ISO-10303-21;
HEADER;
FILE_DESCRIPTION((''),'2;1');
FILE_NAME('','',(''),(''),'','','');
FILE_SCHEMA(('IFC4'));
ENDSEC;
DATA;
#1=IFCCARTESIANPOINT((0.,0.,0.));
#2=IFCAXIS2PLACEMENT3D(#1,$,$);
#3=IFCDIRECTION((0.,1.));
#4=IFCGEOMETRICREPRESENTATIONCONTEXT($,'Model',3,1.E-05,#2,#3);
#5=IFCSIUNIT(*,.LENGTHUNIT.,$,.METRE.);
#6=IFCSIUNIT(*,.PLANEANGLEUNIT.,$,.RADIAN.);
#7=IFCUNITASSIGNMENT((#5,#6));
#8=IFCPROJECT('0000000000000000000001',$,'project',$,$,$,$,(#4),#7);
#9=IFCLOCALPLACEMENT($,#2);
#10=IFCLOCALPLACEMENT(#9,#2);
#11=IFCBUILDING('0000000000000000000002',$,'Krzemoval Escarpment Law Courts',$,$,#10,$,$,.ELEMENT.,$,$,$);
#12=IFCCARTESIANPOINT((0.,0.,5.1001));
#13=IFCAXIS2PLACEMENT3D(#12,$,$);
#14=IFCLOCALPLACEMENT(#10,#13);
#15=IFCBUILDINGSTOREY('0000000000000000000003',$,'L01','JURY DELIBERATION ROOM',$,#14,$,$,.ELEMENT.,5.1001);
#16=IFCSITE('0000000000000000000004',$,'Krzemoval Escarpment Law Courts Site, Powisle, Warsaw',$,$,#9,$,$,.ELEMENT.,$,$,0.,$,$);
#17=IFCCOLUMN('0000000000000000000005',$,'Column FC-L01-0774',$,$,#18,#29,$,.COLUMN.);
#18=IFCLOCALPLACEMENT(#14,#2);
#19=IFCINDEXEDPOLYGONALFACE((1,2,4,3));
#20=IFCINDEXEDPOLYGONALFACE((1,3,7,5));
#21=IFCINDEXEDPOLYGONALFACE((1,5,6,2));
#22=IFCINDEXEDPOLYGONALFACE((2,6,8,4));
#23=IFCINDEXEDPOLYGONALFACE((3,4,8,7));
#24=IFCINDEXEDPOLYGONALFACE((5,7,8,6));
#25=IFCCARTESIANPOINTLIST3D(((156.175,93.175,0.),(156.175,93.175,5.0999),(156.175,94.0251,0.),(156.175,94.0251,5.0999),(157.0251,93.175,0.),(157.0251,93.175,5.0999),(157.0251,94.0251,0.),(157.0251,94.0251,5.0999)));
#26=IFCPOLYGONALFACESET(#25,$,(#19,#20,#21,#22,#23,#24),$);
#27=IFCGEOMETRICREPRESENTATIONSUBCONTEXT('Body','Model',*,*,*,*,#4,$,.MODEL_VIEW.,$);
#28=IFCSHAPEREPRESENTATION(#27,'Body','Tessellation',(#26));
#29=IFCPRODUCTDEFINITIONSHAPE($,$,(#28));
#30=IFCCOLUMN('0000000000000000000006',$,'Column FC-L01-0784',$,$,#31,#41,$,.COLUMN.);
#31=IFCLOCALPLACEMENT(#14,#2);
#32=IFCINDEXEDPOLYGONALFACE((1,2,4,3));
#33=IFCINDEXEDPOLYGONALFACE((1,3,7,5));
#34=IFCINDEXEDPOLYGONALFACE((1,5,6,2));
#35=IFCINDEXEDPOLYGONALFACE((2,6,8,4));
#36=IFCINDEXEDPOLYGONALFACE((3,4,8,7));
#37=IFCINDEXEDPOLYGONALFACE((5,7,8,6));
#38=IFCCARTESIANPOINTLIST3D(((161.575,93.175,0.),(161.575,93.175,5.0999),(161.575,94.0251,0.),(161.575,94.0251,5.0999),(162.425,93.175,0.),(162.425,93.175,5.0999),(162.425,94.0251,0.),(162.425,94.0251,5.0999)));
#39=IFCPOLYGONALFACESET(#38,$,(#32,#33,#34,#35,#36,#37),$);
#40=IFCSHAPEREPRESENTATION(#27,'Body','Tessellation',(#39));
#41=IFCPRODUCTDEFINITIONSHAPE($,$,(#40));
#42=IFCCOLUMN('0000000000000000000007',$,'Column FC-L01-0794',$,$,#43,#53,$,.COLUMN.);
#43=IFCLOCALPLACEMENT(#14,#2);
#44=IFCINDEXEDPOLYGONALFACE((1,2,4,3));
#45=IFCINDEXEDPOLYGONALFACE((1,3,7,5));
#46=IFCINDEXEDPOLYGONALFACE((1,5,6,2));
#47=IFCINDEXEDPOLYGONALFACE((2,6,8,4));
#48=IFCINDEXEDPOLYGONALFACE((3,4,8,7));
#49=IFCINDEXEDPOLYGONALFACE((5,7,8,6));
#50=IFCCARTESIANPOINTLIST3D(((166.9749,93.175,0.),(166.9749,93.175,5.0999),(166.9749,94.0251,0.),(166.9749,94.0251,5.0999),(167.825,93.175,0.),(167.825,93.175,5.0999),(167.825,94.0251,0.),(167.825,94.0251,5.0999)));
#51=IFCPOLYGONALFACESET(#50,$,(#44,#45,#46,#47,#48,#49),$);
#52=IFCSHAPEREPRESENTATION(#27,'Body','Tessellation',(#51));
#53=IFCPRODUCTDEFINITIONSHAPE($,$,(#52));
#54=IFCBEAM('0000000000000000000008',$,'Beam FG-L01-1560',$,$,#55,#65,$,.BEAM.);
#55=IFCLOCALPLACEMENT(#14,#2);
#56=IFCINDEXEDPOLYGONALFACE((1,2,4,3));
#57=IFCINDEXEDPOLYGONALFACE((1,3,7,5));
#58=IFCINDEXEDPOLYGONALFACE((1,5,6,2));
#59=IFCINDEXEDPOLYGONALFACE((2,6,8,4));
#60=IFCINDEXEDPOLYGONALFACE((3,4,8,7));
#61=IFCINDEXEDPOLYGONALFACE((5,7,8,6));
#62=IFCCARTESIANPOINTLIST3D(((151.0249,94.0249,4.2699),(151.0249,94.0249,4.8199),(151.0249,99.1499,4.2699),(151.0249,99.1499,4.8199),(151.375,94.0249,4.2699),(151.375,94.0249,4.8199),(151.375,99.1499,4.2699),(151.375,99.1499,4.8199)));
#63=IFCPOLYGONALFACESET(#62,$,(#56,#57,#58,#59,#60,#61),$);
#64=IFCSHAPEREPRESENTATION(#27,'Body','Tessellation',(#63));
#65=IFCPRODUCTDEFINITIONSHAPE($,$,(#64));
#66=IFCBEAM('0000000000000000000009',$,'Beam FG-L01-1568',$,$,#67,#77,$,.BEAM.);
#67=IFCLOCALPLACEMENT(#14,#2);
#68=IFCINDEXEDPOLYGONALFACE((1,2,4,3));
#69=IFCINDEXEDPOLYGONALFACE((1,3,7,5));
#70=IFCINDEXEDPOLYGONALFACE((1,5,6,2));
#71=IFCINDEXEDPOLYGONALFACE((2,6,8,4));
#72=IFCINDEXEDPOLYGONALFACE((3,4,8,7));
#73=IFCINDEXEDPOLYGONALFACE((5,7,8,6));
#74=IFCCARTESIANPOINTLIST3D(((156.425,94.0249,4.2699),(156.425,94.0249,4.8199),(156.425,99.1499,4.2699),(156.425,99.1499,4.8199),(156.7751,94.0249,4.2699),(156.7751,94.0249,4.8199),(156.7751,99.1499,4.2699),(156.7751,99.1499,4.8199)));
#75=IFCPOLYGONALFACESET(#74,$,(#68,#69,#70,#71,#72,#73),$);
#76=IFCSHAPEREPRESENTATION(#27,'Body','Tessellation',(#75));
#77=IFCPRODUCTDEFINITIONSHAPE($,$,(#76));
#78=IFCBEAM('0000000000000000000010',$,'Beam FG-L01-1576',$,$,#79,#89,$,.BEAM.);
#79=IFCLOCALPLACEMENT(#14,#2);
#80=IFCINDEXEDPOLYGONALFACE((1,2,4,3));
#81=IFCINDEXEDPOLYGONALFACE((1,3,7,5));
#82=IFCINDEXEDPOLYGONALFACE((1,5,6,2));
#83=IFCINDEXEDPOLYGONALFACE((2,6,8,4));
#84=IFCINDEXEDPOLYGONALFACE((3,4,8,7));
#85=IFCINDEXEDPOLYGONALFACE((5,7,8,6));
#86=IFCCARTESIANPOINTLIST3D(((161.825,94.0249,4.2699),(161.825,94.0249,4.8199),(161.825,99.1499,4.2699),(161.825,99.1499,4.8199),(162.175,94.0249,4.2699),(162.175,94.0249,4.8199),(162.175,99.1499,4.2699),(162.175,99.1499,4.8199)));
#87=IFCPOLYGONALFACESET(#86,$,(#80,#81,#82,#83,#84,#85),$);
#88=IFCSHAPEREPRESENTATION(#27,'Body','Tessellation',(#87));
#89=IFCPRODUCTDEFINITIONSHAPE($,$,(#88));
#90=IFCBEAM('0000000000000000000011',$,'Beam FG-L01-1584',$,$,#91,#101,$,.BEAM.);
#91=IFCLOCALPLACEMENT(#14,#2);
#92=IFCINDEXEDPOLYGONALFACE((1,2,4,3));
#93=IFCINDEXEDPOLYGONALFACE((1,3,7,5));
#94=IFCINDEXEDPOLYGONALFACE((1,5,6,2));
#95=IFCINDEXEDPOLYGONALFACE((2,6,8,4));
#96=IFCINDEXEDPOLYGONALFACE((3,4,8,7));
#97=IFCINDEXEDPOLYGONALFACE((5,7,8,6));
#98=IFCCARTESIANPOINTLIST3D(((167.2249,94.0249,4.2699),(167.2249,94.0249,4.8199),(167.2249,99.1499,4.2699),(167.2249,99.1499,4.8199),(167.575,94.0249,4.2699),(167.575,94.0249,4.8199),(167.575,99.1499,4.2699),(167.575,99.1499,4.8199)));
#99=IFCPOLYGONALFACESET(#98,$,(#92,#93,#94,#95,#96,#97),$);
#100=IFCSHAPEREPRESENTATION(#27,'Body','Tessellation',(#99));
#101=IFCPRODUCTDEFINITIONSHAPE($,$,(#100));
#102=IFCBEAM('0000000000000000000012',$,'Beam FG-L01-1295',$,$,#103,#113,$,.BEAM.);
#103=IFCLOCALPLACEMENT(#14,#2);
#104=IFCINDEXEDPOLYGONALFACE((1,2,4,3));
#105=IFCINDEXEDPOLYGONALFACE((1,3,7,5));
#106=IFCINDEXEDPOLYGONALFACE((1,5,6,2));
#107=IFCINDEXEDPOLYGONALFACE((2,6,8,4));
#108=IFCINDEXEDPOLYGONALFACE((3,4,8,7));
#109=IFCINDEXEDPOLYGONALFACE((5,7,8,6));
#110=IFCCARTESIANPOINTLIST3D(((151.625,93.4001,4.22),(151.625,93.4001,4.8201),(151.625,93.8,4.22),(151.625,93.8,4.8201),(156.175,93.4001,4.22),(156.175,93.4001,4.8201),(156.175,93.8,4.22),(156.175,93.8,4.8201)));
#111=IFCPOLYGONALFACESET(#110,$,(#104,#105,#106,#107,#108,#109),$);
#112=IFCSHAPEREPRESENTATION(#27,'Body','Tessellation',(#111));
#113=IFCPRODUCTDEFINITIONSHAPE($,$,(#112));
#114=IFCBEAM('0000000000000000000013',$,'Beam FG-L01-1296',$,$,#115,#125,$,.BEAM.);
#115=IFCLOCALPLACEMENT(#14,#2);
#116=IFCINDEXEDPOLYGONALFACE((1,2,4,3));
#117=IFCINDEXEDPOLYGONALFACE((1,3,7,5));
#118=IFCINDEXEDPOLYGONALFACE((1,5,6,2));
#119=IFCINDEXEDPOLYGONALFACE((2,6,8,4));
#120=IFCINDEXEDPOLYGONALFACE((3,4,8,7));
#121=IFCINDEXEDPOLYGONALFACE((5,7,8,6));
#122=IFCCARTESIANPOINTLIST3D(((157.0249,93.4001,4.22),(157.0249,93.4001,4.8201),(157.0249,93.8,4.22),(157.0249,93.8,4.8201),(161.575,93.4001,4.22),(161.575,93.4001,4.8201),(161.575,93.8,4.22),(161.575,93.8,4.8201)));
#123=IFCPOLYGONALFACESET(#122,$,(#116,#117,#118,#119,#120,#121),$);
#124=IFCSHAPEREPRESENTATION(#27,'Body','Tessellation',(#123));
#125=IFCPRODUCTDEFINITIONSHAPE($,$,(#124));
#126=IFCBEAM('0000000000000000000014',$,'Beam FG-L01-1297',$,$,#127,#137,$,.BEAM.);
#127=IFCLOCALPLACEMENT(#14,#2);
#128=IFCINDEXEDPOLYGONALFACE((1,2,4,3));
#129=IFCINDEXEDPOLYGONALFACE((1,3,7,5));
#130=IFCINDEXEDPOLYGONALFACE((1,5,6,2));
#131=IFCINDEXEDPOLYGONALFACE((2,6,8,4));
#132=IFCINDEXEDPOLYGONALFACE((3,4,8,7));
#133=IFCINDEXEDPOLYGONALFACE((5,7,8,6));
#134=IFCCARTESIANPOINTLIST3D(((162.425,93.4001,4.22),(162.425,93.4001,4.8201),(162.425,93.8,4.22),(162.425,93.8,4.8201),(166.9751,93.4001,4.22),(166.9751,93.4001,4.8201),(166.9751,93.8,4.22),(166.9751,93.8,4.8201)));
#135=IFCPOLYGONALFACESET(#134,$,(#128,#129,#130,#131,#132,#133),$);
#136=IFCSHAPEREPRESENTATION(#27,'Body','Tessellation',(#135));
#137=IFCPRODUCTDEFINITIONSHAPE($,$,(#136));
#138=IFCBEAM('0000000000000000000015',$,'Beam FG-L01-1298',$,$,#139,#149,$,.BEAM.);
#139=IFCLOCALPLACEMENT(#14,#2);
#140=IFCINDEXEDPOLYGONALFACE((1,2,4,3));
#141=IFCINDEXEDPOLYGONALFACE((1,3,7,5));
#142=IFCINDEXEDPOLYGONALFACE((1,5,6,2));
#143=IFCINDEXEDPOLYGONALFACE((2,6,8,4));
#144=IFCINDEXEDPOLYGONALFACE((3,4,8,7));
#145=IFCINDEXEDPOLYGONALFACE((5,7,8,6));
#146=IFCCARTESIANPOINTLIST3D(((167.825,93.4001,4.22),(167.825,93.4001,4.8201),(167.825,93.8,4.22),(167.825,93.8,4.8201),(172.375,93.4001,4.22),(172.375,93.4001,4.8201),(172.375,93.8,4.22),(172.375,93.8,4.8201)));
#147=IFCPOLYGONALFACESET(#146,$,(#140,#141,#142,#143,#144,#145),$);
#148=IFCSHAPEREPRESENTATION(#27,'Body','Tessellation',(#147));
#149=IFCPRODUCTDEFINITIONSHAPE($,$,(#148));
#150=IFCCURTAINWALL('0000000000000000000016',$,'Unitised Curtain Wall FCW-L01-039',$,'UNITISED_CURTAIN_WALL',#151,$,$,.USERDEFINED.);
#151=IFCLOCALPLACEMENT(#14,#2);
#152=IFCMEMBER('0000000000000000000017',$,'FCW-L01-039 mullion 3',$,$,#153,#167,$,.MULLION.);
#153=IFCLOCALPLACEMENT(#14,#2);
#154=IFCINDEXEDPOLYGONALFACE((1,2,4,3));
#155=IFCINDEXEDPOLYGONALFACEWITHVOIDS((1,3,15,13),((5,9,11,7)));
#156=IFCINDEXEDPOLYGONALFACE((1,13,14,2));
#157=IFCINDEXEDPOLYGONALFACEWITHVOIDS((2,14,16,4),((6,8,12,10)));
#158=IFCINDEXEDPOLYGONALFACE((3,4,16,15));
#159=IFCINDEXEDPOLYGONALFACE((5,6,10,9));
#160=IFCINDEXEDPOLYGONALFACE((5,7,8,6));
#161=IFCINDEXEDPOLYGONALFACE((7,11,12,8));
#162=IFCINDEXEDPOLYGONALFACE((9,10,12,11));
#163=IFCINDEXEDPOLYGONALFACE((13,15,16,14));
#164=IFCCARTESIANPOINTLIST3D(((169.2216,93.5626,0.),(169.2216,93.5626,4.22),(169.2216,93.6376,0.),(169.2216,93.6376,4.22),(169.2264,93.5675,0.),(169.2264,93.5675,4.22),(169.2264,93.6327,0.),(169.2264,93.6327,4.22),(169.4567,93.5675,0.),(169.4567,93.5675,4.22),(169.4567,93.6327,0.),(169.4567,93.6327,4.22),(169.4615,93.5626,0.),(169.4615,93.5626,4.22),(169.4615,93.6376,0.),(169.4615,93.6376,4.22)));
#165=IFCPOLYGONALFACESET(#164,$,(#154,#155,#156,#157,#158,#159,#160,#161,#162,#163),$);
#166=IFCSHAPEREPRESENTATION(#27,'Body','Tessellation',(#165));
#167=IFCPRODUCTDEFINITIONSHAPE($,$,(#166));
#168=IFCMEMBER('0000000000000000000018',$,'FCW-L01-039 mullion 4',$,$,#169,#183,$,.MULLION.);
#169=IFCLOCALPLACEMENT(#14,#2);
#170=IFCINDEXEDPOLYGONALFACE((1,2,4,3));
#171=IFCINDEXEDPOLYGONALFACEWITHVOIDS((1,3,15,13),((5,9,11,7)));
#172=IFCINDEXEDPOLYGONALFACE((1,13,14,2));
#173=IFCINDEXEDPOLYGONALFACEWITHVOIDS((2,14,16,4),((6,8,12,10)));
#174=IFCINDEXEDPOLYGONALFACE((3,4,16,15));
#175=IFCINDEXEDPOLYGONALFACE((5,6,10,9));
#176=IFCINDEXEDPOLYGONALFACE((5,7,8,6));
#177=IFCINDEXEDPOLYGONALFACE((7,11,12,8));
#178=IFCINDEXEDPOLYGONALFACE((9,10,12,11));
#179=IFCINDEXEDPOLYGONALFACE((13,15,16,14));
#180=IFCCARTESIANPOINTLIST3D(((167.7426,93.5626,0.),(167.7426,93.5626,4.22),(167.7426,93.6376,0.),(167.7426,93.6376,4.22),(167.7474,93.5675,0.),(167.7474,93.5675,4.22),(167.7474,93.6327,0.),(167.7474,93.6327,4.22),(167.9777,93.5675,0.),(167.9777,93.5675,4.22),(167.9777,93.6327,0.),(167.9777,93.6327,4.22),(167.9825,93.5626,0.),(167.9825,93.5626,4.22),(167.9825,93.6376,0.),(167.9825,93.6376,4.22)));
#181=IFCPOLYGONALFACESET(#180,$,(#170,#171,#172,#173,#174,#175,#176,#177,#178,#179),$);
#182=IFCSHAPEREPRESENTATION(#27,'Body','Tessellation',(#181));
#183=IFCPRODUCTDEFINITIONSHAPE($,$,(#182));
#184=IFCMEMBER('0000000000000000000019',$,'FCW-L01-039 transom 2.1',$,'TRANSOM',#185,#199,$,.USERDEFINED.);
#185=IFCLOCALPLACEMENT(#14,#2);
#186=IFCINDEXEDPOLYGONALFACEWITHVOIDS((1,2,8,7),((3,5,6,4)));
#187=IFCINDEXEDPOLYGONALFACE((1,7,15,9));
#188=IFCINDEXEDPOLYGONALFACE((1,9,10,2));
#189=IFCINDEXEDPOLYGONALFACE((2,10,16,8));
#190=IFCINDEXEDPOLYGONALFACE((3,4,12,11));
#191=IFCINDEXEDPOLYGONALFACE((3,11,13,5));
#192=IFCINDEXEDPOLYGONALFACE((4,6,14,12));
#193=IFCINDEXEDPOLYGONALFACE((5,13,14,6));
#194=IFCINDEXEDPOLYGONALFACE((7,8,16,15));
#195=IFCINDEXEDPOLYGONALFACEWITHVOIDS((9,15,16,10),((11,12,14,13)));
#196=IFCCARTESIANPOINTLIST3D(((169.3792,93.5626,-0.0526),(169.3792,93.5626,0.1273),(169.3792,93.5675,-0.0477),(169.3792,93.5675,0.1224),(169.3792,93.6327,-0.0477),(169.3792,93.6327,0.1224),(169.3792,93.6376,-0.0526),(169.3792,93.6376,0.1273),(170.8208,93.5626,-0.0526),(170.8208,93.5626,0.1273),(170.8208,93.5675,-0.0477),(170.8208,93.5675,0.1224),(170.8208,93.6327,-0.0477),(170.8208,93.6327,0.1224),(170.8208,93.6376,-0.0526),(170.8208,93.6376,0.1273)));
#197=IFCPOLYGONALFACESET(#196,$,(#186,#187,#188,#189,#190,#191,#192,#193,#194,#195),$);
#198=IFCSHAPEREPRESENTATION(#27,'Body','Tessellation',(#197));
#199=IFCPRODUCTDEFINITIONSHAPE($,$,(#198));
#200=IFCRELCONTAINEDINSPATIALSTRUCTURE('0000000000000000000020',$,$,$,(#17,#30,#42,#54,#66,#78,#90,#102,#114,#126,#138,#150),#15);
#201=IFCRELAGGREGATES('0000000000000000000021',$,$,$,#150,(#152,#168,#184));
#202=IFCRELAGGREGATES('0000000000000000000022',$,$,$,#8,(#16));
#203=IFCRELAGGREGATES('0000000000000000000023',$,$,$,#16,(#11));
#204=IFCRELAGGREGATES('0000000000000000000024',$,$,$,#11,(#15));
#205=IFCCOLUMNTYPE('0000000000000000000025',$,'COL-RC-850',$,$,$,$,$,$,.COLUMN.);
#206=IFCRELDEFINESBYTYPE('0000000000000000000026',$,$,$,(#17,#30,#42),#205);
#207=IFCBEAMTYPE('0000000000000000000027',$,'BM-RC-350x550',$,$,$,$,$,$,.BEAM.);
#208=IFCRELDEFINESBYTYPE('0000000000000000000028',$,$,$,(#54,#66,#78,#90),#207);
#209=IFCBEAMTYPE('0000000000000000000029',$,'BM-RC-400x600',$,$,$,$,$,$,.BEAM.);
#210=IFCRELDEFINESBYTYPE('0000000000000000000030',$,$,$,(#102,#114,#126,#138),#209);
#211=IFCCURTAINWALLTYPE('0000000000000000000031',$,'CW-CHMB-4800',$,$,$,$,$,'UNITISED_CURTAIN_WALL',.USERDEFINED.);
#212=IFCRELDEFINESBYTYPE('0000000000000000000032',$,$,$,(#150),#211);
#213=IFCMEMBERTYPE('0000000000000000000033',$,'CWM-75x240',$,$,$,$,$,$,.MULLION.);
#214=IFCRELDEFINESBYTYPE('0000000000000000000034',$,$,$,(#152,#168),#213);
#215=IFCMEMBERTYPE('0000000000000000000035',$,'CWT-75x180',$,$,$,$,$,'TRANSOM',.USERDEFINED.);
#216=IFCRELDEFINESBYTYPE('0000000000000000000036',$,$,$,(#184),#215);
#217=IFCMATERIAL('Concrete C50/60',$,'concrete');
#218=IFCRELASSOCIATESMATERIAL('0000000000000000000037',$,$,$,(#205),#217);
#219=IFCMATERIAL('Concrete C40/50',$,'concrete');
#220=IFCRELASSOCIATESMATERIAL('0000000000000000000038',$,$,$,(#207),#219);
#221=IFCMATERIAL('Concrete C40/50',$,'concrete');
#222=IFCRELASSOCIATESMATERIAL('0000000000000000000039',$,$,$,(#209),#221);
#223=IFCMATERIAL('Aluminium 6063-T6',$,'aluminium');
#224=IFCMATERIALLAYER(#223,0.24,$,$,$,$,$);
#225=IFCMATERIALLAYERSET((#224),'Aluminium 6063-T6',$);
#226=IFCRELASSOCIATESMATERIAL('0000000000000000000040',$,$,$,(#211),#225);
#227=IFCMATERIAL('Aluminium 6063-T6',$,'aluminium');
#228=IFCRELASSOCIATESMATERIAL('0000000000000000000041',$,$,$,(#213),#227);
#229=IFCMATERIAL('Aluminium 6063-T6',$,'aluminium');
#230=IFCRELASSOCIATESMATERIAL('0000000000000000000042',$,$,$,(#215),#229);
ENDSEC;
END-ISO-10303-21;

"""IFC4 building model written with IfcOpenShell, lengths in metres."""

from ifc_helpers import new_model, si_unit, direction, frame, origin, origin_2d, place, context, subcontext, project, spatial, rectangle, hollow_rectangle, extrude, material, layer, layer_set, material_profile, profile_set, type_object, element, aggregate, save


model = new_model("IFC4")

# Units and contexts
model_context = context("Model", 3, precision=1e-05, world=origin(), true_north=direction((0.0, 1.0)))
body_context = subcontext(model_context, "Body", "Model", "MODEL_VIEW")
ifc_project = project(units=[si_unit("LENGTHUNIT", "METRE"), si_unit("PLANEANGLEUNIT", "RADIAN")], contexts=[model_context])

# Site, building, storey
site_placement = place(None, origin())
site = spatial("IfcSite", under=ifc_project, at=site_placement, Name="Krzemoval Escarpment Law Courts Site, Powisle, Warsaw", CompositionType="ELEMENT", RefElevation=0.0)
building_placement = place(site_placement, origin())
building = spatial("IfcBuilding", under=site, at=building_placement, Name="Krzemoval Escarpment Law Courts", CompositionType="ELEMENT")
storey_placement = place(building_placement, frame((0.0, 0.0, 5.1001)))
storey = spatial("IfcBuildingStorey", under=building, at=storey_placement, Name="L01", Description="JURY DELIBERATION ROOM", CompositionType="ELEMENT", Elevation=5.1001)

# Columns
ifc_material_1 = material(Name="Concrete C50/60", Category="concrete")
ifc_material_profile_1 = material_profile(ifc_material_1, rectangle(XDim=0.8501, YDim=0.8501, at=origin_2d()), Name="RC 850x850")
ifc_profile_set_1 = profile_set([ifc_material_profile_1], Name="Concrete C50/60")
column_type = type_object("IfcColumnType", Name="COL-RC-850", PredefinedType="COLUMN", material=ifc_profile_set_1)
for number, where, z_axis, x_axis, name in (
    (1, (156.6001, 93.6001, 0.0), (0.0, 0.0, 1.0), (1.0, 0.0, 0.0), "Column FC-L01-0774"),
    (2, (162.0, 93.6001, 0.0), (0.0, 0.0, 1.0), (1.0, 0.0, 0.0), "Column FC-L01-0784"),
    (3, (167.3999, 93.6001, 0.0), (0.0, 0.0, 1.0), (1.0, 0.0, 0.0), "Column FC-L01-0794"),
):
    element("IfcColumn", number, at=place(storey_placement, frame(where, z_axis=z_axis, x_axis=x_axis)), inside=storey, type_object=column_type, Name=name, PredefinedType="COLUMN", context=body_context, shape_type="SweptSolid", body=[
        extrude(rectangle(XDim=0.8501, YDim=0.8501, at=origin_2d()), origin(), (0.0, 0.0, 1.0), 5.0999),
    ])

# Beams
ifc_material_2 = material(Name="Concrete C40/50", Category="concrete")
ifc_material_profile_2 = material_profile(ifc_material_2, rectangle(XDim=0.3501, YDim=0.55, at=origin_2d()), Name="RCB 350x550")
ifc_profile_set_2 = profile_set([ifc_material_profile_2], Name="Concrete C40/50")
beam_type_1 = type_object("IfcBeamType", Name="BM-RC-350x550", PredefinedType="BEAM", material=ifc_profile_set_2)
for number, where, z_axis, x_axis, name in (
    (4, (151.2, 94.0249, 4.5449), (0.0, 1.0, 0.0), (-1.0, 0.0, 0.0), "Beam FG-L01-1560"),
    (5, (156.6001, 94.0249, 4.5449), (0.0, 1.0, 0.0), (-1.0, 0.0, 0.0), "Beam FG-L01-1568"),
    (6, (162.0, 94.0249, 4.5449), (0.0, 1.0, 0.0), (-1.0, 0.0, 0.0), "Beam FG-L01-1576"),
    (7, (167.3999, 94.0249, 4.5449), (0.0, 1.0, 0.0), (-1.0, 0.0, 0.0), "Beam FG-L01-1584"),
):
    element("IfcBeam", number, at=place(storey_placement, frame(where, z_axis=z_axis, x_axis=x_axis)), inside=storey, type_object=beam_type_1, Name=name, PredefinedType="BEAM", context=body_context, shape_type="SweptSolid", body=[
        extrude(rectangle(XDim=0.3501, YDim=0.55, at=origin_2d()), origin(), (0.0, 0.0, 1.0), 5.125),
    ])
ifc_material_3 = material(Name="Concrete C40/50", Category="concrete")
ifc_material_profile_3 = material_profile(ifc_material_3, rectangle(XDim=0.3999, YDim=0.6001, at=origin_2d()), Name="RCB 400x600")
ifc_profile_set_3 = profile_set([ifc_material_profile_3], Name="Concrete C40/50")
beam_type_2 = type_object("IfcBeamType", Name="BM-RC-400x600", PredefinedType="BEAM", material=ifc_profile_set_3)
for number, where, z_axis, x_axis, name in (
    (8, (151.625, 93.6001, 4.52), (1.0, 0.0, 0.0), (0.0, 1.0, 0.0), "Beam FG-L01-1295"),
    (9, (157.0249, 93.6001, 4.52), (1.0, 0.0, 0.0), (0.0, 1.0, 0.0), "Beam FG-L01-1296"),
    (10, (162.425, 93.6001, 4.52), (1.0, 0.0, 0.0), (0.0, 1.0, 0.0), "Beam FG-L01-1297"),
    (11, (167.825, 93.6001, 4.52), (1.0, 0.0, 0.0), (0.0, 1.0, 0.0), "Beam FG-L01-1298"),
):
    element("IfcBeam", number, at=place(storey_placement, frame(where, z_axis=z_axis, x_axis=x_axis)), inside=storey, type_object=beam_type_2, Name=name, PredefinedType="BEAM", context=body_context, shape_type="SweptSolid", body=[
        extrude(rectangle(XDim=0.3999, YDim=0.6001, at=origin_2d()), origin(), (0.0, 0.0, 1.0), 4.55),
    ])

# Curtain wall, members
ifc_material_4 = material(Name="Aluminium 6063-T6", Category="aluminium")
ifc_layer_1 = layer(ifc_material_4, 0.24)
ifc_layer_set_1 = layer_set([ifc_layer_1], Name="Aluminium 6063-T6")
curtain_wall_type = type_object("IfcCurtainWallType", Name="CW-CHMB-4800", ElementType="UNITISED_CURTAIN_WALL", PredefinedType="USERDEFINED", material=ifc_layer_set_1)
curtain_wall_placement = place(storey_placement, origin())
curtain_wall = element("IfcCurtainWall", 12, at=curtain_wall_placement, inside=storey, type_object=curtain_wall_type, Name="Unitised Curtain Wall FCW-L01-039", ObjectType="UNITISED_CURTAIN_WALL", PredefinedType="USERDEFINED")
ifc_material_5 = material(Name="Aluminium 6063-T6", Category="aluminium")
ifc_material_profile_4 = material_profile(ifc_material_5, hollow_rectangle(XDim=0.075, YDim=0.24, WallThickness=0.0049, at=origin_2d()), Name="ALU M75x240")
ifc_profile_set_4 = profile_set([ifc_material_profile_4], Name="Aluminium 6063-T6")
member_type_1 = type_object("IfcMemberType", Name="CWM-75x240", PredefinedType="MULLION", material=ifc_profile_set_4)
member_1_placement = place(storey_placement, frame((169.3416, 93.6001, 0.0), z_axis=(0.0, 0.0, 1.0), x_axis=(0.0, -1.0, 0.0)))
member_1 = element("IfcMember", 13, at=member_1_placement, type_object=member_type_1, Name="FCW-L01-039 mullion 3", PredefinedType="MULLION", context=body_context, shape_type="SweptSolid", body=[
    extrude(hollow_rectangle(XDim=0.075, YDim=0.24, WallThickness=0.0049, at=origin_2d()), origin(), (0.0, 0.0, 1.0), 4.22),
])
member_2_placement = place(storey_placement, frame((167.8625, 93.6001, 0.0), z_axis=(0.0, 0.0, 1.0), x_axis=(0.0, -1.0, 0.0)))
member_2 = element("IfcMember", 14, at=member_2_placement, type_object=member_type_1, Name="FCW-L01-039 mullion 4", PredefinedType="MULLION", context=body_context, shape_type="SweptSolid", body=[
    extrude(hollow_rectangle(XDim=0.075, YDim=0.24, WallThickness=0.0049, at=origin_2d()), origin(), (0.0, 0.0, 1.0), 4.22),
])
ifc_material_6 = material(Name="Aluminium 6063-T6", Category="aluminium")
ifc_material_profile_5 = material_profile(ifc_material_6, hollow_rectangle(XDim=0.075, YDim=0.1799, WallThickness=0.0049, at=origin_2d()), Name="ALU T75x180")
ifc_profile_set_5 = profile_set([ifc_material_profile_5], Name="Aluminium 6063-T6")
member_type_2 = type_object("IfcMemberType", Name="CWT-75x180", ElementType="TRANSOM", PredefinedType="USERDEFINED", material=ifc_profile_set_5)
member_3_placement = place(storey_placement, frame((170.8208, 93.6001, 0.0374), z_axis=(-1.0, 0.0, 0.0), x_axis=(0.0, -1.0, 0.0)))
member_3 = element("IfcMember", 15, at=member_3_placement, type_object=member_type_2, Name="FCW-L01-039 transom 2.1", ObjectType="TRANSOM", PredefinedType="USERDEFINED", context=body_context, shape_type="SweptSolid", body=[
    extrude(hollow_rectangle(XDim=0.075, YDim=0.1799, WallThickness=0.0049, at=origin_2d()), origin(), (0.0, 0.0, 1.0), 1.4417),
])
aggregate(curtain_wall, [member_1, member_2, member_3])

save(model, "model.ifc")
